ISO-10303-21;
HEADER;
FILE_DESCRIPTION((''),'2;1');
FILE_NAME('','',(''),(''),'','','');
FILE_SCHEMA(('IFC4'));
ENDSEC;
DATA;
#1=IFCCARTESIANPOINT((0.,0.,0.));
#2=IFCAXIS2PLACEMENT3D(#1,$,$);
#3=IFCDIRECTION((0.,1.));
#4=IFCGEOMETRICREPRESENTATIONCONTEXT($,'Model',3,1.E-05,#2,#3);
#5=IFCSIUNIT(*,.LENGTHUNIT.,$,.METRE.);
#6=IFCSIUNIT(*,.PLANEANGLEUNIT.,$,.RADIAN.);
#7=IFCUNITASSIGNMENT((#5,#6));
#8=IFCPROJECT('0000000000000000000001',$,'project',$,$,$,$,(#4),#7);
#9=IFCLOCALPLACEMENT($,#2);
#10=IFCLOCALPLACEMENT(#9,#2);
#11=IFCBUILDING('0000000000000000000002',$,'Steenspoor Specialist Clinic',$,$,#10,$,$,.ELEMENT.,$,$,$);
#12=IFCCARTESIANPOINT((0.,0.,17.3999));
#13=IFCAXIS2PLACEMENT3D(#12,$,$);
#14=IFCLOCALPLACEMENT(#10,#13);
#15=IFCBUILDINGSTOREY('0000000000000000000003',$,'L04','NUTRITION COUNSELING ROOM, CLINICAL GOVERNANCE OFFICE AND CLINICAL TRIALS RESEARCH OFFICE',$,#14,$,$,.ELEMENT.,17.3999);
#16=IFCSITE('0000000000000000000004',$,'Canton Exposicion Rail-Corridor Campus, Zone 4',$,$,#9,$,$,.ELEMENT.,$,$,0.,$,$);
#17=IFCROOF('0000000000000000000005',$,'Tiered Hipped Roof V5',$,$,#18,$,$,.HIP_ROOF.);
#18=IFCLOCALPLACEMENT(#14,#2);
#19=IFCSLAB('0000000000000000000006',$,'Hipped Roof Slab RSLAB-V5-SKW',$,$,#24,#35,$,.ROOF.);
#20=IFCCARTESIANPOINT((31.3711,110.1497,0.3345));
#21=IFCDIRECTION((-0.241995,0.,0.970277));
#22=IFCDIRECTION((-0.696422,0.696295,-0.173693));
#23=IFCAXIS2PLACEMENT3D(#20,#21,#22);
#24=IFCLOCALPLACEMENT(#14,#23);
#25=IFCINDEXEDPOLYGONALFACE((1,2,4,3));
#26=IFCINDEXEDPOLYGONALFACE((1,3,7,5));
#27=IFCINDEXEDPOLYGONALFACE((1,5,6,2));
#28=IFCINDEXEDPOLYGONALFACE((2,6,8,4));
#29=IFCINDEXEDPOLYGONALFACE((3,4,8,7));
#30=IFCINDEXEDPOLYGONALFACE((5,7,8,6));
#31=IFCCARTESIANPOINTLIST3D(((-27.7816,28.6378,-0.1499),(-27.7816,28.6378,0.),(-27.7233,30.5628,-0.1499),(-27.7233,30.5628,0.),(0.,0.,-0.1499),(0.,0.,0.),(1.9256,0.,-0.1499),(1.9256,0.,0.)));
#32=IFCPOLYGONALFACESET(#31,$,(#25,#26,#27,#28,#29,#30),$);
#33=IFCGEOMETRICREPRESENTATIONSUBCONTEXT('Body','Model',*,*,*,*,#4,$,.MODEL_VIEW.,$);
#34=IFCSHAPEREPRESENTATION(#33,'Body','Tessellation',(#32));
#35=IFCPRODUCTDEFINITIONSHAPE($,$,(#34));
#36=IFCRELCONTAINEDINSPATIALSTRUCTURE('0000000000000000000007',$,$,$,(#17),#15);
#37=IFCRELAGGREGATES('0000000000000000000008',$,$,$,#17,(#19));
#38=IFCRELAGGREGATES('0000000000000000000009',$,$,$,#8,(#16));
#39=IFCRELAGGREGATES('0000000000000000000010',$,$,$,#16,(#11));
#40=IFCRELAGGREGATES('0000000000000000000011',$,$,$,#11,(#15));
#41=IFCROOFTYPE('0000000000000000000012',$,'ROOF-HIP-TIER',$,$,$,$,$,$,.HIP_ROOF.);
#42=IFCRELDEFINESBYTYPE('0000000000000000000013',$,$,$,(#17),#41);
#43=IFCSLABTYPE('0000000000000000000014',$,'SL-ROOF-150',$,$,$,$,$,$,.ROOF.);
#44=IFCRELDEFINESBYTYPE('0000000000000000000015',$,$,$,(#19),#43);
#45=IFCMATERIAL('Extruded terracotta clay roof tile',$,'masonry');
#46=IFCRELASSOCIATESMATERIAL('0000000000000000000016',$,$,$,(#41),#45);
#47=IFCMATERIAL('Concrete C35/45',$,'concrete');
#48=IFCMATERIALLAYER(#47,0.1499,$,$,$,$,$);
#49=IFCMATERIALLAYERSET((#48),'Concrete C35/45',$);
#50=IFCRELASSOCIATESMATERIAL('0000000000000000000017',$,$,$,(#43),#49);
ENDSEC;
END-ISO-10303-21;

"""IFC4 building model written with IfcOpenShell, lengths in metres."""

from ifc_helpers import new_model, si_unit, direction, frame, origin, place, context, subcontext, project, spatial, polyline, outline, extrude, material, layer, layer_set, type_object, element, aggregate, save


model = new_model("IFC4")

# Units and contexts
model_context = context("Model", 3, precision=1e-05, world=origin(), true_north=direction((0.0, 1.0)))
body_context = subcontext(model_context, "Body", "Model", "MODEL_VIEW")
ifc_project = project(units=[si_unit("LENGTHUNIT", "METRE"), si_unit("PLANEANGLEUNIT", "RADIAN")], contexts=[model_context])

# Site, building, storey
site_placement = place(None, origin())
site = spatial("IfcSite", under=ifc_project, at=site_placement, Name="Canton Exposicion Rail-Corridor Campus, Zone 4", CompositionType="ELEMENT", RefElevation=0.0)
building_placement = place(site_placement, origin())
building = spatial("IfcBuilding", under=site, at=building_placement, Name="Steenspoor Specialist Clinic", CompositionType="ELEMENT")
storey_placement = place(building_placement, frame((0.0, 0.0, 17.3999)))
storey = spatial("IfcBuildingStorey", under=building, at=storey_placement, Name="L04", Description="NUTRITION COUNSELING ROOM, CLINICAL GOVERNANCE OFFICE AND CLINICAL TRIALS RESEARCH OFFICE", CompositionType="ELEMENT", Elevation=17.3999)

# Roof, slab
ifc_material_1 = material(Name="Extruded terracotta clay roof tile", Category="masonry")
roof_type = type_object("IfcRoofType", Name="ROOF-HIP-TIER", PredefinedType="HIP_ROOF", material=ifc_material_1)
roof_1_placement = place(storey_placement, origin())
roof_1 = element("IfcRoof", 1, at=roof_1_placement, inside=storey, type_object=roof_type, Name="Tiered Hipped Roof V5", PredefinedType="HIP_ROOF")
ifc_material_2 = material(Name="Concrete C35/45", Category="concrete")
ifc_layer_1 = layer(ifc_material_2, 0.1499)
ifc_layer_set_1 = layer_set([ifc_layer_1], Name="Concrete C35/45")
slab_type = type_object("IfcSlabType", Name="SL-ROOF-150", PredefinedType="ROOF", material=ifc_layer_set_1)
slab_1_placement = place(storey_placement, frame((31.3711, 110.1497, 0.3345), z_axis=(-0.241995, 0.0, 0.970277), x_axis=(-0.696422, 0.696295, -0.173693)))
slab_1 = element("IfcSlab", 2, at=slab_1_placement, type_object=slab_type, Name="Hipped Roof Slab RSLAB-V5-SKW", PredefinedType="ROOF", context=body_context, shape_type="SweptSolid", body=[
    extrude(outline(polyline([(0.0, 0.0), (1.9256, 0.0), (-27.7233, 30.5628), (-27.7816, 28.6378), (0.0, 0.0)])), origin(), (0.0, 0.0, -1.0), 0.1499),
])
aggregate(roof_1, [slab_1])

save(model, "model.ifc")
